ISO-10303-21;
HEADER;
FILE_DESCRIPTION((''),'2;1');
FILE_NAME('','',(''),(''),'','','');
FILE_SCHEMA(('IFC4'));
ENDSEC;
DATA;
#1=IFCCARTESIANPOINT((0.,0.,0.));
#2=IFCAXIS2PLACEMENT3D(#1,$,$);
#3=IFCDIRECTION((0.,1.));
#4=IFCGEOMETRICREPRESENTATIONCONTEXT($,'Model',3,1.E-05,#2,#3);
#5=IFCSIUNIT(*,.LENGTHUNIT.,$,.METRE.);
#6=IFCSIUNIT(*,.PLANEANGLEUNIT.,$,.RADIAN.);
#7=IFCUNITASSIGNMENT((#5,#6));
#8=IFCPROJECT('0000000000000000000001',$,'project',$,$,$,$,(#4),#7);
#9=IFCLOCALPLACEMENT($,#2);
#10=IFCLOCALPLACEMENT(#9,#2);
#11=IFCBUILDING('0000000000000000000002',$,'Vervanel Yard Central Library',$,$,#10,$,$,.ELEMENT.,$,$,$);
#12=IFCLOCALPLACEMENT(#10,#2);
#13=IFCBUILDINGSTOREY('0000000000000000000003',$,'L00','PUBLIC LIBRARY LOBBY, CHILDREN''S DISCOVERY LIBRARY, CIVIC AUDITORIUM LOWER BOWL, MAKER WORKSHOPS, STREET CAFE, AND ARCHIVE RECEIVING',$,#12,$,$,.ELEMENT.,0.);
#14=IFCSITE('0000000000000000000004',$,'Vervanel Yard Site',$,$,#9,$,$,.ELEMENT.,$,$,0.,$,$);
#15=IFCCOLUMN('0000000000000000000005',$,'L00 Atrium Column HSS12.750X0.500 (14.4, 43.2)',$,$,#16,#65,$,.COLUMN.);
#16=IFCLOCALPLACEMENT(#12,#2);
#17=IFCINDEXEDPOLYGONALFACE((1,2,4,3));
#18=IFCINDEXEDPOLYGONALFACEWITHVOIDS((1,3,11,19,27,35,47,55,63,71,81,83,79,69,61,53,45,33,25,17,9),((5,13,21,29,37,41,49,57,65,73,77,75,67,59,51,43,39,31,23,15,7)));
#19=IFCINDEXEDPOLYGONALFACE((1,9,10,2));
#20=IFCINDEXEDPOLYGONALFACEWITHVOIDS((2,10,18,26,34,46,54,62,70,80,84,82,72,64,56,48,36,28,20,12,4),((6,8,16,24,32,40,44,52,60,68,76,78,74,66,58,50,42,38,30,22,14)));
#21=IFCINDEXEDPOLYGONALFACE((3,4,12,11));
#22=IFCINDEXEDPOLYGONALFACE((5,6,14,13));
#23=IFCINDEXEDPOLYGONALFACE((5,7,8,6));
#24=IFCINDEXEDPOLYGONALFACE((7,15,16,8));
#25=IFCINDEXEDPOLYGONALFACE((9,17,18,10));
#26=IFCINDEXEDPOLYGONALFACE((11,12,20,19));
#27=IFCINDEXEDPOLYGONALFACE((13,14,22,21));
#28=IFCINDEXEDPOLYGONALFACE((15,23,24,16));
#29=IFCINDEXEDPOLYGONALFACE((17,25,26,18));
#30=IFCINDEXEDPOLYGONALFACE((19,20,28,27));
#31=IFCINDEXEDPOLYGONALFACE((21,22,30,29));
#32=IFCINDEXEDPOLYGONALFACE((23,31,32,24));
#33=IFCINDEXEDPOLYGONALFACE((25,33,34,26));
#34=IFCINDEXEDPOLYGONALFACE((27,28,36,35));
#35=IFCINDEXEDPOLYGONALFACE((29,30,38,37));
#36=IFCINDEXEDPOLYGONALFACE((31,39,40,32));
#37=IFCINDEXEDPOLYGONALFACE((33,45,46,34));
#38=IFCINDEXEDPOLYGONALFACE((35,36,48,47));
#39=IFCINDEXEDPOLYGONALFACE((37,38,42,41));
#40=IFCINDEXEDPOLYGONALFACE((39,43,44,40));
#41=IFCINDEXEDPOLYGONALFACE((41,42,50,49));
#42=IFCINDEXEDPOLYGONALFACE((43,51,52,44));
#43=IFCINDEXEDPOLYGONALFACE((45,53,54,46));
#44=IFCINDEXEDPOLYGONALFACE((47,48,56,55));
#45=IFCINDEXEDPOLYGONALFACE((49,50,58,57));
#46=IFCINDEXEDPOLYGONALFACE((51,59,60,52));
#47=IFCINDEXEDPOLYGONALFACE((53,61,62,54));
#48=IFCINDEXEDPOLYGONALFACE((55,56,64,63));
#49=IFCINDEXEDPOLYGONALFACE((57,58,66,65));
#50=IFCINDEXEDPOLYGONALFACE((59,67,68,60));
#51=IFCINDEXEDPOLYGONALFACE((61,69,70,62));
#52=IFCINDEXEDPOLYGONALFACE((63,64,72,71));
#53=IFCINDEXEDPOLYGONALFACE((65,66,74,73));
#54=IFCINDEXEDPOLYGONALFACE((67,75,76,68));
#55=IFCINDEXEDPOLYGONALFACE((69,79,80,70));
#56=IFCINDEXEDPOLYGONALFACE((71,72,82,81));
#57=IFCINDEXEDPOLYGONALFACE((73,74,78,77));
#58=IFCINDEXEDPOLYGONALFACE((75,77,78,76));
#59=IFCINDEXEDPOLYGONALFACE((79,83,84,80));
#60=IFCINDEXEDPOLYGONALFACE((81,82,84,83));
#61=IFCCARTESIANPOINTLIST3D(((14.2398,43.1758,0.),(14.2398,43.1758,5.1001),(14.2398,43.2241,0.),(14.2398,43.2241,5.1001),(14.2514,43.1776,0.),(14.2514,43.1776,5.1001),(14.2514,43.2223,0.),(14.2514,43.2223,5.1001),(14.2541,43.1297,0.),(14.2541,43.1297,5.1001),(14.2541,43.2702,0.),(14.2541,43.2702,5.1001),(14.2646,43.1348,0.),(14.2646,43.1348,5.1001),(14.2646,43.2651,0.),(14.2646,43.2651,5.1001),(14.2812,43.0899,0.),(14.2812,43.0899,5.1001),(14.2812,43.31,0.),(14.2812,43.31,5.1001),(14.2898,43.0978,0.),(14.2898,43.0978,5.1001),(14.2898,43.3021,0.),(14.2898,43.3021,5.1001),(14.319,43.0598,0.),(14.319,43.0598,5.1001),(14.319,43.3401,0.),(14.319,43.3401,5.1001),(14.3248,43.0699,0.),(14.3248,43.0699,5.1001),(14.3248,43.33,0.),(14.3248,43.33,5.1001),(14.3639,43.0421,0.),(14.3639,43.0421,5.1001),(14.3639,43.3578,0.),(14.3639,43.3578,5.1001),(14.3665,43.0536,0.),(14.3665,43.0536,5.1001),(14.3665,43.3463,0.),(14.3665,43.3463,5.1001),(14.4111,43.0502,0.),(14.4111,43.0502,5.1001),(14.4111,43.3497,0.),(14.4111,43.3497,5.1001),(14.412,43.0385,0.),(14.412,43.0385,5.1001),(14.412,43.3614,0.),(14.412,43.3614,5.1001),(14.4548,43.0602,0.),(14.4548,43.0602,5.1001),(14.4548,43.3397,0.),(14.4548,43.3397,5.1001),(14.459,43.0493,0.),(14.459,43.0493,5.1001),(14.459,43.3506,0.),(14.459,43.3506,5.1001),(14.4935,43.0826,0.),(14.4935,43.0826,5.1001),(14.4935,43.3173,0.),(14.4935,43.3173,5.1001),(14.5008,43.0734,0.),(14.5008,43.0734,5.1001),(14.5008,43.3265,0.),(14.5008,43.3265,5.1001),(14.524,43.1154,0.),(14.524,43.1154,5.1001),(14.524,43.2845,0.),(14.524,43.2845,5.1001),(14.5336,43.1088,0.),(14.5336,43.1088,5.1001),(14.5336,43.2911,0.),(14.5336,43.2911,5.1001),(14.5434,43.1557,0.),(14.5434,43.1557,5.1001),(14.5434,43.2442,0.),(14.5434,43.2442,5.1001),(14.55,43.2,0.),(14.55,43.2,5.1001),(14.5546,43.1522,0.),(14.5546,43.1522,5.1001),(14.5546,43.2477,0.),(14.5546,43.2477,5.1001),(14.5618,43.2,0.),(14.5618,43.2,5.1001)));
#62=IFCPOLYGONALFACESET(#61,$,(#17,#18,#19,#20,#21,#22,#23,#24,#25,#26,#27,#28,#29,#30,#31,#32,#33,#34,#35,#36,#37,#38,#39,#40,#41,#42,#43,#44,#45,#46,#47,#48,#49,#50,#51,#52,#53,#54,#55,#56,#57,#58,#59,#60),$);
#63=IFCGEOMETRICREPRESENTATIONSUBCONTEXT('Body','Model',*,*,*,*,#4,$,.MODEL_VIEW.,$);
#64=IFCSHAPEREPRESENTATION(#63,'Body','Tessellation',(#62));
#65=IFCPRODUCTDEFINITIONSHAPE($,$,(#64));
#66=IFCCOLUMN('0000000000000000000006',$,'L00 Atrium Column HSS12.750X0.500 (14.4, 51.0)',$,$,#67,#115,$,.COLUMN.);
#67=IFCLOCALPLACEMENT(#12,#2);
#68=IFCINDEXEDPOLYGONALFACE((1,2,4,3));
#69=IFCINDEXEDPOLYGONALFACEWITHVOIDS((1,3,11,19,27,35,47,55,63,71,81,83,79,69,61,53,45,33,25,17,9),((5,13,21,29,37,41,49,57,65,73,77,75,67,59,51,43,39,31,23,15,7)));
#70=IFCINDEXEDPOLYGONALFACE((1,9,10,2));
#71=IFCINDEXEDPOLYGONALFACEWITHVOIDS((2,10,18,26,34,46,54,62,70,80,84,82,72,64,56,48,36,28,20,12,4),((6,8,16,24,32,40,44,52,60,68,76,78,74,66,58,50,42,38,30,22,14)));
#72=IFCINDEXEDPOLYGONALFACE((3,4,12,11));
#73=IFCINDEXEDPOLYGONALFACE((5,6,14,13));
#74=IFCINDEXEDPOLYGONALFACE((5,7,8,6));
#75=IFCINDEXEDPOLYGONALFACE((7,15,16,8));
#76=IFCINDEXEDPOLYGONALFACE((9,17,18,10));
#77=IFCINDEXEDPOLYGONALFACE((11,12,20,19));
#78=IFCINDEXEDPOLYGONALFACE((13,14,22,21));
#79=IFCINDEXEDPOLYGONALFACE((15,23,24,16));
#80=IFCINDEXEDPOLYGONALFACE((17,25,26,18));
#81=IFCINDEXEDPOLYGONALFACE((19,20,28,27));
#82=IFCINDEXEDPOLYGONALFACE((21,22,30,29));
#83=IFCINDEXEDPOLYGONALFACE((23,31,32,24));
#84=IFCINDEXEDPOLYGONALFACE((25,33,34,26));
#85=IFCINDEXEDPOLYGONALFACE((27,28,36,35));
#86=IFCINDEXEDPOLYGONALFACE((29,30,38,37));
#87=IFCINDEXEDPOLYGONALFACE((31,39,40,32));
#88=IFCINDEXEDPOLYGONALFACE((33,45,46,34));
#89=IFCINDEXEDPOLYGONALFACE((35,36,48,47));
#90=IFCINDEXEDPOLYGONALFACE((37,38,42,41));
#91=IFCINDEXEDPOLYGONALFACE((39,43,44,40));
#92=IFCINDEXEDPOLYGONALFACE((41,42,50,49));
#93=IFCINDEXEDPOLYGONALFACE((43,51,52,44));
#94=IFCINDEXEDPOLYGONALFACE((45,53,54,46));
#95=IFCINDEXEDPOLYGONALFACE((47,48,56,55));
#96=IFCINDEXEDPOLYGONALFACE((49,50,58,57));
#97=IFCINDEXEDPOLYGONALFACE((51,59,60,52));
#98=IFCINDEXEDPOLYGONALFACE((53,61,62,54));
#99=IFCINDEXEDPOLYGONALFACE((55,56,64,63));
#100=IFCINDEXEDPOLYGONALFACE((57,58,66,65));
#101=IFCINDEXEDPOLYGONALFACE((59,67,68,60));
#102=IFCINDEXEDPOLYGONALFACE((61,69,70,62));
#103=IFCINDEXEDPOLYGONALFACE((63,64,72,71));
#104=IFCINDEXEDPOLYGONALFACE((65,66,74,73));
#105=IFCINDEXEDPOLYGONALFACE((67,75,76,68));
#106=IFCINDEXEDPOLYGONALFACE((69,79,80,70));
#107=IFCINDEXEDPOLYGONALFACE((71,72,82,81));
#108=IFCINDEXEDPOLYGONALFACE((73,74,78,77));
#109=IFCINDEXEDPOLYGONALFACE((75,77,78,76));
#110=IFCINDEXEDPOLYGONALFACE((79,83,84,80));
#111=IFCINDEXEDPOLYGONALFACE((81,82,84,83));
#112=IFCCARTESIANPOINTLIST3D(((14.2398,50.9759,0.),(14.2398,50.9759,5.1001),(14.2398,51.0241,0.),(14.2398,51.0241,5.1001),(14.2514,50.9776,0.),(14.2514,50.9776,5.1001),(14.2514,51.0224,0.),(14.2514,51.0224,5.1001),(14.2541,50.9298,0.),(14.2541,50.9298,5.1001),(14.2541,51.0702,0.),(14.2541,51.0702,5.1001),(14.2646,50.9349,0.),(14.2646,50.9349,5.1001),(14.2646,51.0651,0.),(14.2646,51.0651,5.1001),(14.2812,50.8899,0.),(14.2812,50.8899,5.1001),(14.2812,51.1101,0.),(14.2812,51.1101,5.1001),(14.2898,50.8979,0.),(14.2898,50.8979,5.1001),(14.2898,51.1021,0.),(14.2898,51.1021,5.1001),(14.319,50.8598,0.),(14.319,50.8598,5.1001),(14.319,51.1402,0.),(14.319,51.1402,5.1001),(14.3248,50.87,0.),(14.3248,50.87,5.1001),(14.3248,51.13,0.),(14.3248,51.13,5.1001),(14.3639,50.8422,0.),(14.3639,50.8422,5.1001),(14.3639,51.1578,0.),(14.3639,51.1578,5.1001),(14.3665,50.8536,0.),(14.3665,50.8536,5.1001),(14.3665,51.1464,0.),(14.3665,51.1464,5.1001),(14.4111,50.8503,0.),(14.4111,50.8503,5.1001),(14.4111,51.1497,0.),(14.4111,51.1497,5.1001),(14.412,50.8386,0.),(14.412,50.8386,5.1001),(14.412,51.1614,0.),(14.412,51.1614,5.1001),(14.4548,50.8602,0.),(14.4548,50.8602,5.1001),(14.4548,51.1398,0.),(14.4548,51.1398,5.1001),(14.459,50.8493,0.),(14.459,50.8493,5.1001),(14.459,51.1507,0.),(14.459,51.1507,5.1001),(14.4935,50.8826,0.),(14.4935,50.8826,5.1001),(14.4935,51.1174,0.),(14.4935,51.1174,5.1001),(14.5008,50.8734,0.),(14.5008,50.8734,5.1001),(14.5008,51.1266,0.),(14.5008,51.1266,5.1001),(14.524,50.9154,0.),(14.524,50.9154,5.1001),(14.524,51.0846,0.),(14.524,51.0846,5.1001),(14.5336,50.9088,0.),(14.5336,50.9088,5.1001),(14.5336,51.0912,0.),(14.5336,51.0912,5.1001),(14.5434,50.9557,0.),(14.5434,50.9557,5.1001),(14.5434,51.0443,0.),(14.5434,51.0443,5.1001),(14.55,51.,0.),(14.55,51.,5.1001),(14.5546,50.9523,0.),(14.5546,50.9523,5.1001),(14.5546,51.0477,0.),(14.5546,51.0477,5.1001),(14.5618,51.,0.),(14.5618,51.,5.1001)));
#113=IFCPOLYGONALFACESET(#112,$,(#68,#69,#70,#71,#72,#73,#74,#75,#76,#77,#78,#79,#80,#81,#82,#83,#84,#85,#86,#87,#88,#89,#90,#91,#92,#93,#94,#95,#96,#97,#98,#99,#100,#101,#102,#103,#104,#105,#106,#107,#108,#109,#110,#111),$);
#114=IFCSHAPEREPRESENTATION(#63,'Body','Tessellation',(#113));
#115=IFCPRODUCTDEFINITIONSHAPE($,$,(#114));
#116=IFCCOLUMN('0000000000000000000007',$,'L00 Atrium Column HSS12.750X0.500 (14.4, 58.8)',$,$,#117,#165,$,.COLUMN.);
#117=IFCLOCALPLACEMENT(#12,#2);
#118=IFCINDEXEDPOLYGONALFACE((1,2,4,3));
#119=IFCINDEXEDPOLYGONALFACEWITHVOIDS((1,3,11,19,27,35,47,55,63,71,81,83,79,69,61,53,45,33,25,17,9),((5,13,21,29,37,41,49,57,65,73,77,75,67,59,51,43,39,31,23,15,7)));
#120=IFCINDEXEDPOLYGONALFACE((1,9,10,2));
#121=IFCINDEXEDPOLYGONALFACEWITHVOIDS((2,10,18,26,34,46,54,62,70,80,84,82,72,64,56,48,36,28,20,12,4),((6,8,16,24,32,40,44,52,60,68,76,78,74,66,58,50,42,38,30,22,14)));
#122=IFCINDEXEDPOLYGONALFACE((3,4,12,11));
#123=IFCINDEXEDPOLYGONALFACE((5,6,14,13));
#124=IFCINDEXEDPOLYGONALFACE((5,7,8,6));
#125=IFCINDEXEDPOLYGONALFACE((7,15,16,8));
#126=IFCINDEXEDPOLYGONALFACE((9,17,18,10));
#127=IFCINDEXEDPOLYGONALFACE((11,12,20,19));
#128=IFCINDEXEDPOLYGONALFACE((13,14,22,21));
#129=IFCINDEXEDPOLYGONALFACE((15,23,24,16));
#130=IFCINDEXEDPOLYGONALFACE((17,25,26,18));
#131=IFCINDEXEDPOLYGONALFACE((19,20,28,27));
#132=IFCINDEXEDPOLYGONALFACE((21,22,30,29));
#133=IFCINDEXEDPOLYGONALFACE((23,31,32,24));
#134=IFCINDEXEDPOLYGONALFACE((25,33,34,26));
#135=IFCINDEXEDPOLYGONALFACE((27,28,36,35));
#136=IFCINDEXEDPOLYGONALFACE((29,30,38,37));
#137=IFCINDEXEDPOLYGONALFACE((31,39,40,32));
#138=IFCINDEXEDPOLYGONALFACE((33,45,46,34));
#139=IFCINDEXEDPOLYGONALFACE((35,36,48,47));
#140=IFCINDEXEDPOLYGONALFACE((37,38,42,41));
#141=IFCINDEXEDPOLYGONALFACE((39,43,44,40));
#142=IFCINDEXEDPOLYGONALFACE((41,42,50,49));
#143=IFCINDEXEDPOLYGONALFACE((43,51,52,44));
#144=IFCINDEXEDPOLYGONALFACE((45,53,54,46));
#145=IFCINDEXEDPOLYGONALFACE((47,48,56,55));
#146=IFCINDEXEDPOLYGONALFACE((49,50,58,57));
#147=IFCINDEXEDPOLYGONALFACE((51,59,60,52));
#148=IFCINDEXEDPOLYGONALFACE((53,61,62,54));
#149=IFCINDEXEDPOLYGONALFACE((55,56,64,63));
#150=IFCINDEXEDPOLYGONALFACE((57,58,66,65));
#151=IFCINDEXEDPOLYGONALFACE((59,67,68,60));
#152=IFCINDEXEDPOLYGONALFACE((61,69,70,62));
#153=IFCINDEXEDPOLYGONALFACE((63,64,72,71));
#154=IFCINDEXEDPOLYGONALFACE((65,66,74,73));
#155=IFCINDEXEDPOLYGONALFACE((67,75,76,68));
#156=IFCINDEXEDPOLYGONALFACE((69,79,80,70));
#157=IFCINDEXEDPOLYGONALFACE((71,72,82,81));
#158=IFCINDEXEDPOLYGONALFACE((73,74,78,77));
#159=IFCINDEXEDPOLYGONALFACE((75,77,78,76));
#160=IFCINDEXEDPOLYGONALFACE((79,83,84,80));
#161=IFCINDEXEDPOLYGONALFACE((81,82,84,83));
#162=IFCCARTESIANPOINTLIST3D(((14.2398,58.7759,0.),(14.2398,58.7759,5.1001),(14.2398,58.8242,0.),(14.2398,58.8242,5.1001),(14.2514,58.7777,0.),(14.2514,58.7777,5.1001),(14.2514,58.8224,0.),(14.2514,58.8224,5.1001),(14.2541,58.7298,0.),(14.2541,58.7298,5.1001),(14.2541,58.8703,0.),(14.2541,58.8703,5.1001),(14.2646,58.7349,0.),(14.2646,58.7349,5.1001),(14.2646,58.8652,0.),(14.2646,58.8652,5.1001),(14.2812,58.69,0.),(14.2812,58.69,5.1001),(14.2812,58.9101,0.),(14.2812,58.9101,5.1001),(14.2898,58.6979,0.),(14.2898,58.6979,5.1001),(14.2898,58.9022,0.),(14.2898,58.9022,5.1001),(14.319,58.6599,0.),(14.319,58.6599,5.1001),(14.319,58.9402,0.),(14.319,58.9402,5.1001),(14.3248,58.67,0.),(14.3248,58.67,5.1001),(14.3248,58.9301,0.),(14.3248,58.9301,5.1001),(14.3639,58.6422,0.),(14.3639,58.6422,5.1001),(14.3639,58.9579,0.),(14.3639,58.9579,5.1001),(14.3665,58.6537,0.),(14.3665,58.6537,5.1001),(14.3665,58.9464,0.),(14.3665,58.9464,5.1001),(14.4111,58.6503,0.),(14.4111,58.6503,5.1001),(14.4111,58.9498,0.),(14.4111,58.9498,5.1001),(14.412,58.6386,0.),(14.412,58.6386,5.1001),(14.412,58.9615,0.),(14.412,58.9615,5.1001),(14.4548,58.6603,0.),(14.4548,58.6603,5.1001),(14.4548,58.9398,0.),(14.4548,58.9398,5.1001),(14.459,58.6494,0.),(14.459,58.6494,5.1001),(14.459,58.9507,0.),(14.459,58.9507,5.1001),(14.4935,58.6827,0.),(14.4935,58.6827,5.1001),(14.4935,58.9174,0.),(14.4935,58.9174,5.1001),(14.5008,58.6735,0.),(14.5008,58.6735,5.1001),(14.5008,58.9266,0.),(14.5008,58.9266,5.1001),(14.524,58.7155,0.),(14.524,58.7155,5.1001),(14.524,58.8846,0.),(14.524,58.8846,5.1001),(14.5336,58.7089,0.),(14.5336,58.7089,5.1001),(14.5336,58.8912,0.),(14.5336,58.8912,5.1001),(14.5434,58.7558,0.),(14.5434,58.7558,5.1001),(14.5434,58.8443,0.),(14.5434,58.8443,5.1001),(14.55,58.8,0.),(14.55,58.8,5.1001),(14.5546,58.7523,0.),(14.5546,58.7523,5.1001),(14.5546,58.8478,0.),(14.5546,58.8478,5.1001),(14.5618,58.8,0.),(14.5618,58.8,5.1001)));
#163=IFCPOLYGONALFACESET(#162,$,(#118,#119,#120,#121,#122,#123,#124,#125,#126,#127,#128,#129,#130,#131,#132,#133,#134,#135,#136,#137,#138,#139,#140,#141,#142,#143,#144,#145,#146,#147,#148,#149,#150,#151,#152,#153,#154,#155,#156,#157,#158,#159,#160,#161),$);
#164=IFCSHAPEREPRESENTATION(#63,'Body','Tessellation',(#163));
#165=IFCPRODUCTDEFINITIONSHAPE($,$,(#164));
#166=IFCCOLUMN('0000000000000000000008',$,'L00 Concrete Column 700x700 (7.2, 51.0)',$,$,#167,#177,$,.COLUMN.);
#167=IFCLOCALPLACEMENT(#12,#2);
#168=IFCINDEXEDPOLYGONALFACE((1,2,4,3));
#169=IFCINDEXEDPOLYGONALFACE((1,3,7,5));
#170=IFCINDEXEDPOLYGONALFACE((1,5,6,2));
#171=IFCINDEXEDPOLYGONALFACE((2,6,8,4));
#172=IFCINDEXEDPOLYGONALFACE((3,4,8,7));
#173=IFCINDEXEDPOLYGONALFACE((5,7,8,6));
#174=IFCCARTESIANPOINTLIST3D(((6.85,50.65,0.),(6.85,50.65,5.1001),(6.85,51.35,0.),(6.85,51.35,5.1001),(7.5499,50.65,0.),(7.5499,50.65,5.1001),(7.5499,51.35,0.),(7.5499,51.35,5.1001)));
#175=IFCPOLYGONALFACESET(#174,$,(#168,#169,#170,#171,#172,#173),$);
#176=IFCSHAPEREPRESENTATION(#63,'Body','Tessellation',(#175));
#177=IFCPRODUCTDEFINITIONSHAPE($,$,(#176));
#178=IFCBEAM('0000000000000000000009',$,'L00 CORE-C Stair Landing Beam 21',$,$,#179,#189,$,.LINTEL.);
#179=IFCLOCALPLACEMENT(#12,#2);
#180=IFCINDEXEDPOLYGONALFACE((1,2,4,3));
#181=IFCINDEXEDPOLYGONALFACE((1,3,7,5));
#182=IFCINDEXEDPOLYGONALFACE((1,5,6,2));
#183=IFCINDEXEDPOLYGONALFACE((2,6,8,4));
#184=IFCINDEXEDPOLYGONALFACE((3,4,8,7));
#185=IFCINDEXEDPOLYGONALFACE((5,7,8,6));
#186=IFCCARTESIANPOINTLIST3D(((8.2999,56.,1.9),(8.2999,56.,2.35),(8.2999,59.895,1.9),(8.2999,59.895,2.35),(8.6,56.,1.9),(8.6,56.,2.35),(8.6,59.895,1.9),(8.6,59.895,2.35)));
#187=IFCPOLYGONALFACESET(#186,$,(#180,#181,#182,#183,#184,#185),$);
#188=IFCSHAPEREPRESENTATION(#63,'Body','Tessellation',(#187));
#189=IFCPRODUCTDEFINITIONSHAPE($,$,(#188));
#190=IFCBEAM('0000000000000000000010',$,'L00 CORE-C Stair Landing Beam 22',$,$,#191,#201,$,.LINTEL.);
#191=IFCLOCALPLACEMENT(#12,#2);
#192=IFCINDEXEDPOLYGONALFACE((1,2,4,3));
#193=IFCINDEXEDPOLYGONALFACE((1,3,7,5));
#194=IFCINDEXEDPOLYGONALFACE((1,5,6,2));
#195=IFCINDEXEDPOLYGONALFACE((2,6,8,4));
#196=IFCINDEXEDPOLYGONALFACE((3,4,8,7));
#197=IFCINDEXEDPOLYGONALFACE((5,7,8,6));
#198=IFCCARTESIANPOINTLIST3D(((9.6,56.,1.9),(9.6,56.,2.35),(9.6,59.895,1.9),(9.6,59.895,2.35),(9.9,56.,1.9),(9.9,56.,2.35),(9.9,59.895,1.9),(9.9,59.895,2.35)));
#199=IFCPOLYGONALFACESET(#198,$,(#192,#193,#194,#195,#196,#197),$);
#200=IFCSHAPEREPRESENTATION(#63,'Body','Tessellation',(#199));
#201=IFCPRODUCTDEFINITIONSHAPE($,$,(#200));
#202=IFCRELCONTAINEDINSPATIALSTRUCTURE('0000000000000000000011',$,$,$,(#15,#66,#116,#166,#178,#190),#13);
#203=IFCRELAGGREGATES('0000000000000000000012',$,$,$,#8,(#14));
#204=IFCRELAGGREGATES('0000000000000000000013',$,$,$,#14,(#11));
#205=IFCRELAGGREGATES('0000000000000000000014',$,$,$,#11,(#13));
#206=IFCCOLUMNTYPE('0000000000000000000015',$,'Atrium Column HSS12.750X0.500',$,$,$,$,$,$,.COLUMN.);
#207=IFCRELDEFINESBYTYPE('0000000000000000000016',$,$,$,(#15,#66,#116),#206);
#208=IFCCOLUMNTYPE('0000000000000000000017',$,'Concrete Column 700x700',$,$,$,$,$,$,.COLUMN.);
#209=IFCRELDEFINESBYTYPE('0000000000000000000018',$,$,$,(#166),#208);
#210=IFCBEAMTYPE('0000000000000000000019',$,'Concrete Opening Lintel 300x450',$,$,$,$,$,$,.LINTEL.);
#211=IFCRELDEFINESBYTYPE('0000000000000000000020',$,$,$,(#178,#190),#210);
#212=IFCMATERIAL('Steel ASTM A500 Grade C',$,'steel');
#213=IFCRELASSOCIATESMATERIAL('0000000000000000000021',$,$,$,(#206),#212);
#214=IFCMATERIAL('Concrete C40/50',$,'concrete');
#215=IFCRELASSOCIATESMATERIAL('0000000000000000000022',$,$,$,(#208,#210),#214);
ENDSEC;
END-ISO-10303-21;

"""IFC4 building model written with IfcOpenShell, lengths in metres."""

from ifc_helpers import new_model, si_unit, direction, frame, origin, origin_2d, place, context, subcontext, project, spatial, rectangle, hollow_circle, extrude, material, material_profile, profile_set, type_object, element, save


model = new_model("IFC4")

# Units and contexts
model_context = context("Model", 3, precision=1e-05, world=origin(), true_north=direction((0.0, 1.0)))
body_context = subcontext(model_context, "Body", "Model", "MODEL_VIEW")
ifc_project = project(units=[si_unit("LENGTHUNIT", "METRE"), si_unit("PLANEANGLEUNIT", "RADIAN")], contexts=[model_context])

# Site, building, storey
site_placement = place(None, origin())
site = spatial("IfcSite", under=ifc_project, at=site_placement, Name="Vervanel Yard Site", CompositionType="ELEMENT", RefElevation=0.0)
building_placement = place(site_placement, origin())
building = spatial("IfcBuilding", under=site, at=building_placement, Name="Vervanel Yard Central Library", CompositionType="ELEMENT")
storey_placement = place(building_placement, origin())
storey = spatial("IfcBuildingStorey", under=building, at=storey_placement, Name="L00", Description="PUBLIC LIBRARY LOBBY, CHILDREN'S DISCOVERY LIBRARY, CIVIC AUDITORIUM LOWER BOWL, MAKER WORKSHOPS, STREET CAFE, AND ARCHIVE RECEIVING", CompositionType="ELEMENT", Elevation=0.0)

# Shared definitions
ifc_material_1 = material(Name="Concrete C40/50", Category="concrete")

# Columns
ifc_material_2 = material(Name="Steel ASTM A500 Grade C", Category="steel")
ifc_material_profile_1 = material_profile(ifc_material_2, hollow_circle(Radius=0.1619, WallThickness=0.0117, at=origin_2d()), Name="HSS12.750X0.500", Category="steel")
ifc_profile_set_1 = profile_set([ifc_material_profile_1], Name="Steel ASTM A500 Grade C")
column_type_1 = type_object("IfcColumnType", Name="Atrium Column HSS12.750X0.500", PredefinedType="COLUMN", material=ifc_profile_set_1)
for number, where, z_axis, x_axis, name in (
    (1, (14.3999, 43.2, 0.0), (0.0, 0.0, 1.0), (1.0, 0.0, 0.0), "L00 Atrium Column HSS12.750X0.500 (14.4, 43.2)"),
    (2, (14.3999, 51.0, 0.0), (0.0, 0.0, 1.0), (1.0, 0.0, 0.0), "L00 Atrium Column HSS12.750X0.500 (14.4, 51.0)"),
    (3, (14.3999, 58.8, 0.0), (0.0, 0.0, 1.0), (1.0, 0.0, 0.0), "L00 Atrium Column HSS12.750X0.500 (14.4, 58.8)"),
):
    element("IfcColumn", number, at=place(storey_placement, frame(where, z_axis=z_axis, x_axis=x_axis)), inside=storey, type_object=column_type_1, Name=name, PredefinedType="COLUMN", context=body_context, shape_type="SweptSolid", body=[
        extrude(hollow_circle(Radius=0.1619, WallThickness=0.0117, at=origin_2d()), origin(), (0.0, 0.0, 1.0), 5.1001),
    ])
ifc_material_profile_2 = material_profile(ifc_material_1, rectangle(XDim=0.7, YDim=0.7, at=origin_2d()), Name="RC 700x700", Category="concrete")
ifc_profile_set_2 = profile_set([ifc_material_profile_2], Name="Concrete C40/50")
column_type_2 = type_object("IfcColumnType", Name="Concrete Column 700x700", PredefinedType="COLUMN", material=ifc_profile_set_2)
column_placement = place(storey_placement, frame((7.2, 51.0, 0.0), z_axis=(0.0, 0.0, 1.0), x_axis=(1.0, 0.0, 0.0)))
element("IfcColumn", 4, at=column_placement, inside=storey, type_object=column_type_2, Name="L00 Concrete Column 700x700 (7.2, 51.0)", PredefinedType="COLUMN", context=body_context, shape_type="SweptSolid", body=[
    extrude(rectangle(XDim=0.7, YDim=0.7, at=origin_2d()), origin(), (0.0, 0.0, 1.0), 5.1001),
])

# Beams
ifc_material_profile_3 = material_profile(ifc_material_1, rectangle(XDim=0.3, YDim=0.45, at=origin_2d()), Name="RC 300x450", Category="concrete")
ifc_profile_set_3 = profile_set([ifc_material_profile_3], Name="Concrete C40/50")
beam_type = type_object("IfcBeamType", Name="Concrete Opening Lintel 300x450", PredefinedType="LINTEL", material=ifc_profile_set_3)
for number, where, z_axis, x_axis, name in (
    (5, (8.45, 56.0, 2.125), (0.0, 1.0, 0.0), (-1.0, 0.0, 0.0), "L00 CORE-C Stair Landing Beam 21"),
    (6, (9.75, 56.0, 2.125), (0.0, 1.0, 0.0), (-1.0, 0.0, 0.0), "L00 CORE-C Stair Landing Beam 22"),
):
    element("IfcBeam", number, at=place(storey_placement, frame(where, z_axis=z_axis, x_axis=x_axis)), inside=storey, type_object=beam_type, Name=name, PredefinedType="LINTEL", context=body_context, shape_type="SweptSolid", body=[
        extrude(rectangle(XDim=0.3, YDim=0.45, at=origin_2d()), origin(), (0.0, 0.0, 1.0), 3.895),
    ])

save(model, "model.ifc")
